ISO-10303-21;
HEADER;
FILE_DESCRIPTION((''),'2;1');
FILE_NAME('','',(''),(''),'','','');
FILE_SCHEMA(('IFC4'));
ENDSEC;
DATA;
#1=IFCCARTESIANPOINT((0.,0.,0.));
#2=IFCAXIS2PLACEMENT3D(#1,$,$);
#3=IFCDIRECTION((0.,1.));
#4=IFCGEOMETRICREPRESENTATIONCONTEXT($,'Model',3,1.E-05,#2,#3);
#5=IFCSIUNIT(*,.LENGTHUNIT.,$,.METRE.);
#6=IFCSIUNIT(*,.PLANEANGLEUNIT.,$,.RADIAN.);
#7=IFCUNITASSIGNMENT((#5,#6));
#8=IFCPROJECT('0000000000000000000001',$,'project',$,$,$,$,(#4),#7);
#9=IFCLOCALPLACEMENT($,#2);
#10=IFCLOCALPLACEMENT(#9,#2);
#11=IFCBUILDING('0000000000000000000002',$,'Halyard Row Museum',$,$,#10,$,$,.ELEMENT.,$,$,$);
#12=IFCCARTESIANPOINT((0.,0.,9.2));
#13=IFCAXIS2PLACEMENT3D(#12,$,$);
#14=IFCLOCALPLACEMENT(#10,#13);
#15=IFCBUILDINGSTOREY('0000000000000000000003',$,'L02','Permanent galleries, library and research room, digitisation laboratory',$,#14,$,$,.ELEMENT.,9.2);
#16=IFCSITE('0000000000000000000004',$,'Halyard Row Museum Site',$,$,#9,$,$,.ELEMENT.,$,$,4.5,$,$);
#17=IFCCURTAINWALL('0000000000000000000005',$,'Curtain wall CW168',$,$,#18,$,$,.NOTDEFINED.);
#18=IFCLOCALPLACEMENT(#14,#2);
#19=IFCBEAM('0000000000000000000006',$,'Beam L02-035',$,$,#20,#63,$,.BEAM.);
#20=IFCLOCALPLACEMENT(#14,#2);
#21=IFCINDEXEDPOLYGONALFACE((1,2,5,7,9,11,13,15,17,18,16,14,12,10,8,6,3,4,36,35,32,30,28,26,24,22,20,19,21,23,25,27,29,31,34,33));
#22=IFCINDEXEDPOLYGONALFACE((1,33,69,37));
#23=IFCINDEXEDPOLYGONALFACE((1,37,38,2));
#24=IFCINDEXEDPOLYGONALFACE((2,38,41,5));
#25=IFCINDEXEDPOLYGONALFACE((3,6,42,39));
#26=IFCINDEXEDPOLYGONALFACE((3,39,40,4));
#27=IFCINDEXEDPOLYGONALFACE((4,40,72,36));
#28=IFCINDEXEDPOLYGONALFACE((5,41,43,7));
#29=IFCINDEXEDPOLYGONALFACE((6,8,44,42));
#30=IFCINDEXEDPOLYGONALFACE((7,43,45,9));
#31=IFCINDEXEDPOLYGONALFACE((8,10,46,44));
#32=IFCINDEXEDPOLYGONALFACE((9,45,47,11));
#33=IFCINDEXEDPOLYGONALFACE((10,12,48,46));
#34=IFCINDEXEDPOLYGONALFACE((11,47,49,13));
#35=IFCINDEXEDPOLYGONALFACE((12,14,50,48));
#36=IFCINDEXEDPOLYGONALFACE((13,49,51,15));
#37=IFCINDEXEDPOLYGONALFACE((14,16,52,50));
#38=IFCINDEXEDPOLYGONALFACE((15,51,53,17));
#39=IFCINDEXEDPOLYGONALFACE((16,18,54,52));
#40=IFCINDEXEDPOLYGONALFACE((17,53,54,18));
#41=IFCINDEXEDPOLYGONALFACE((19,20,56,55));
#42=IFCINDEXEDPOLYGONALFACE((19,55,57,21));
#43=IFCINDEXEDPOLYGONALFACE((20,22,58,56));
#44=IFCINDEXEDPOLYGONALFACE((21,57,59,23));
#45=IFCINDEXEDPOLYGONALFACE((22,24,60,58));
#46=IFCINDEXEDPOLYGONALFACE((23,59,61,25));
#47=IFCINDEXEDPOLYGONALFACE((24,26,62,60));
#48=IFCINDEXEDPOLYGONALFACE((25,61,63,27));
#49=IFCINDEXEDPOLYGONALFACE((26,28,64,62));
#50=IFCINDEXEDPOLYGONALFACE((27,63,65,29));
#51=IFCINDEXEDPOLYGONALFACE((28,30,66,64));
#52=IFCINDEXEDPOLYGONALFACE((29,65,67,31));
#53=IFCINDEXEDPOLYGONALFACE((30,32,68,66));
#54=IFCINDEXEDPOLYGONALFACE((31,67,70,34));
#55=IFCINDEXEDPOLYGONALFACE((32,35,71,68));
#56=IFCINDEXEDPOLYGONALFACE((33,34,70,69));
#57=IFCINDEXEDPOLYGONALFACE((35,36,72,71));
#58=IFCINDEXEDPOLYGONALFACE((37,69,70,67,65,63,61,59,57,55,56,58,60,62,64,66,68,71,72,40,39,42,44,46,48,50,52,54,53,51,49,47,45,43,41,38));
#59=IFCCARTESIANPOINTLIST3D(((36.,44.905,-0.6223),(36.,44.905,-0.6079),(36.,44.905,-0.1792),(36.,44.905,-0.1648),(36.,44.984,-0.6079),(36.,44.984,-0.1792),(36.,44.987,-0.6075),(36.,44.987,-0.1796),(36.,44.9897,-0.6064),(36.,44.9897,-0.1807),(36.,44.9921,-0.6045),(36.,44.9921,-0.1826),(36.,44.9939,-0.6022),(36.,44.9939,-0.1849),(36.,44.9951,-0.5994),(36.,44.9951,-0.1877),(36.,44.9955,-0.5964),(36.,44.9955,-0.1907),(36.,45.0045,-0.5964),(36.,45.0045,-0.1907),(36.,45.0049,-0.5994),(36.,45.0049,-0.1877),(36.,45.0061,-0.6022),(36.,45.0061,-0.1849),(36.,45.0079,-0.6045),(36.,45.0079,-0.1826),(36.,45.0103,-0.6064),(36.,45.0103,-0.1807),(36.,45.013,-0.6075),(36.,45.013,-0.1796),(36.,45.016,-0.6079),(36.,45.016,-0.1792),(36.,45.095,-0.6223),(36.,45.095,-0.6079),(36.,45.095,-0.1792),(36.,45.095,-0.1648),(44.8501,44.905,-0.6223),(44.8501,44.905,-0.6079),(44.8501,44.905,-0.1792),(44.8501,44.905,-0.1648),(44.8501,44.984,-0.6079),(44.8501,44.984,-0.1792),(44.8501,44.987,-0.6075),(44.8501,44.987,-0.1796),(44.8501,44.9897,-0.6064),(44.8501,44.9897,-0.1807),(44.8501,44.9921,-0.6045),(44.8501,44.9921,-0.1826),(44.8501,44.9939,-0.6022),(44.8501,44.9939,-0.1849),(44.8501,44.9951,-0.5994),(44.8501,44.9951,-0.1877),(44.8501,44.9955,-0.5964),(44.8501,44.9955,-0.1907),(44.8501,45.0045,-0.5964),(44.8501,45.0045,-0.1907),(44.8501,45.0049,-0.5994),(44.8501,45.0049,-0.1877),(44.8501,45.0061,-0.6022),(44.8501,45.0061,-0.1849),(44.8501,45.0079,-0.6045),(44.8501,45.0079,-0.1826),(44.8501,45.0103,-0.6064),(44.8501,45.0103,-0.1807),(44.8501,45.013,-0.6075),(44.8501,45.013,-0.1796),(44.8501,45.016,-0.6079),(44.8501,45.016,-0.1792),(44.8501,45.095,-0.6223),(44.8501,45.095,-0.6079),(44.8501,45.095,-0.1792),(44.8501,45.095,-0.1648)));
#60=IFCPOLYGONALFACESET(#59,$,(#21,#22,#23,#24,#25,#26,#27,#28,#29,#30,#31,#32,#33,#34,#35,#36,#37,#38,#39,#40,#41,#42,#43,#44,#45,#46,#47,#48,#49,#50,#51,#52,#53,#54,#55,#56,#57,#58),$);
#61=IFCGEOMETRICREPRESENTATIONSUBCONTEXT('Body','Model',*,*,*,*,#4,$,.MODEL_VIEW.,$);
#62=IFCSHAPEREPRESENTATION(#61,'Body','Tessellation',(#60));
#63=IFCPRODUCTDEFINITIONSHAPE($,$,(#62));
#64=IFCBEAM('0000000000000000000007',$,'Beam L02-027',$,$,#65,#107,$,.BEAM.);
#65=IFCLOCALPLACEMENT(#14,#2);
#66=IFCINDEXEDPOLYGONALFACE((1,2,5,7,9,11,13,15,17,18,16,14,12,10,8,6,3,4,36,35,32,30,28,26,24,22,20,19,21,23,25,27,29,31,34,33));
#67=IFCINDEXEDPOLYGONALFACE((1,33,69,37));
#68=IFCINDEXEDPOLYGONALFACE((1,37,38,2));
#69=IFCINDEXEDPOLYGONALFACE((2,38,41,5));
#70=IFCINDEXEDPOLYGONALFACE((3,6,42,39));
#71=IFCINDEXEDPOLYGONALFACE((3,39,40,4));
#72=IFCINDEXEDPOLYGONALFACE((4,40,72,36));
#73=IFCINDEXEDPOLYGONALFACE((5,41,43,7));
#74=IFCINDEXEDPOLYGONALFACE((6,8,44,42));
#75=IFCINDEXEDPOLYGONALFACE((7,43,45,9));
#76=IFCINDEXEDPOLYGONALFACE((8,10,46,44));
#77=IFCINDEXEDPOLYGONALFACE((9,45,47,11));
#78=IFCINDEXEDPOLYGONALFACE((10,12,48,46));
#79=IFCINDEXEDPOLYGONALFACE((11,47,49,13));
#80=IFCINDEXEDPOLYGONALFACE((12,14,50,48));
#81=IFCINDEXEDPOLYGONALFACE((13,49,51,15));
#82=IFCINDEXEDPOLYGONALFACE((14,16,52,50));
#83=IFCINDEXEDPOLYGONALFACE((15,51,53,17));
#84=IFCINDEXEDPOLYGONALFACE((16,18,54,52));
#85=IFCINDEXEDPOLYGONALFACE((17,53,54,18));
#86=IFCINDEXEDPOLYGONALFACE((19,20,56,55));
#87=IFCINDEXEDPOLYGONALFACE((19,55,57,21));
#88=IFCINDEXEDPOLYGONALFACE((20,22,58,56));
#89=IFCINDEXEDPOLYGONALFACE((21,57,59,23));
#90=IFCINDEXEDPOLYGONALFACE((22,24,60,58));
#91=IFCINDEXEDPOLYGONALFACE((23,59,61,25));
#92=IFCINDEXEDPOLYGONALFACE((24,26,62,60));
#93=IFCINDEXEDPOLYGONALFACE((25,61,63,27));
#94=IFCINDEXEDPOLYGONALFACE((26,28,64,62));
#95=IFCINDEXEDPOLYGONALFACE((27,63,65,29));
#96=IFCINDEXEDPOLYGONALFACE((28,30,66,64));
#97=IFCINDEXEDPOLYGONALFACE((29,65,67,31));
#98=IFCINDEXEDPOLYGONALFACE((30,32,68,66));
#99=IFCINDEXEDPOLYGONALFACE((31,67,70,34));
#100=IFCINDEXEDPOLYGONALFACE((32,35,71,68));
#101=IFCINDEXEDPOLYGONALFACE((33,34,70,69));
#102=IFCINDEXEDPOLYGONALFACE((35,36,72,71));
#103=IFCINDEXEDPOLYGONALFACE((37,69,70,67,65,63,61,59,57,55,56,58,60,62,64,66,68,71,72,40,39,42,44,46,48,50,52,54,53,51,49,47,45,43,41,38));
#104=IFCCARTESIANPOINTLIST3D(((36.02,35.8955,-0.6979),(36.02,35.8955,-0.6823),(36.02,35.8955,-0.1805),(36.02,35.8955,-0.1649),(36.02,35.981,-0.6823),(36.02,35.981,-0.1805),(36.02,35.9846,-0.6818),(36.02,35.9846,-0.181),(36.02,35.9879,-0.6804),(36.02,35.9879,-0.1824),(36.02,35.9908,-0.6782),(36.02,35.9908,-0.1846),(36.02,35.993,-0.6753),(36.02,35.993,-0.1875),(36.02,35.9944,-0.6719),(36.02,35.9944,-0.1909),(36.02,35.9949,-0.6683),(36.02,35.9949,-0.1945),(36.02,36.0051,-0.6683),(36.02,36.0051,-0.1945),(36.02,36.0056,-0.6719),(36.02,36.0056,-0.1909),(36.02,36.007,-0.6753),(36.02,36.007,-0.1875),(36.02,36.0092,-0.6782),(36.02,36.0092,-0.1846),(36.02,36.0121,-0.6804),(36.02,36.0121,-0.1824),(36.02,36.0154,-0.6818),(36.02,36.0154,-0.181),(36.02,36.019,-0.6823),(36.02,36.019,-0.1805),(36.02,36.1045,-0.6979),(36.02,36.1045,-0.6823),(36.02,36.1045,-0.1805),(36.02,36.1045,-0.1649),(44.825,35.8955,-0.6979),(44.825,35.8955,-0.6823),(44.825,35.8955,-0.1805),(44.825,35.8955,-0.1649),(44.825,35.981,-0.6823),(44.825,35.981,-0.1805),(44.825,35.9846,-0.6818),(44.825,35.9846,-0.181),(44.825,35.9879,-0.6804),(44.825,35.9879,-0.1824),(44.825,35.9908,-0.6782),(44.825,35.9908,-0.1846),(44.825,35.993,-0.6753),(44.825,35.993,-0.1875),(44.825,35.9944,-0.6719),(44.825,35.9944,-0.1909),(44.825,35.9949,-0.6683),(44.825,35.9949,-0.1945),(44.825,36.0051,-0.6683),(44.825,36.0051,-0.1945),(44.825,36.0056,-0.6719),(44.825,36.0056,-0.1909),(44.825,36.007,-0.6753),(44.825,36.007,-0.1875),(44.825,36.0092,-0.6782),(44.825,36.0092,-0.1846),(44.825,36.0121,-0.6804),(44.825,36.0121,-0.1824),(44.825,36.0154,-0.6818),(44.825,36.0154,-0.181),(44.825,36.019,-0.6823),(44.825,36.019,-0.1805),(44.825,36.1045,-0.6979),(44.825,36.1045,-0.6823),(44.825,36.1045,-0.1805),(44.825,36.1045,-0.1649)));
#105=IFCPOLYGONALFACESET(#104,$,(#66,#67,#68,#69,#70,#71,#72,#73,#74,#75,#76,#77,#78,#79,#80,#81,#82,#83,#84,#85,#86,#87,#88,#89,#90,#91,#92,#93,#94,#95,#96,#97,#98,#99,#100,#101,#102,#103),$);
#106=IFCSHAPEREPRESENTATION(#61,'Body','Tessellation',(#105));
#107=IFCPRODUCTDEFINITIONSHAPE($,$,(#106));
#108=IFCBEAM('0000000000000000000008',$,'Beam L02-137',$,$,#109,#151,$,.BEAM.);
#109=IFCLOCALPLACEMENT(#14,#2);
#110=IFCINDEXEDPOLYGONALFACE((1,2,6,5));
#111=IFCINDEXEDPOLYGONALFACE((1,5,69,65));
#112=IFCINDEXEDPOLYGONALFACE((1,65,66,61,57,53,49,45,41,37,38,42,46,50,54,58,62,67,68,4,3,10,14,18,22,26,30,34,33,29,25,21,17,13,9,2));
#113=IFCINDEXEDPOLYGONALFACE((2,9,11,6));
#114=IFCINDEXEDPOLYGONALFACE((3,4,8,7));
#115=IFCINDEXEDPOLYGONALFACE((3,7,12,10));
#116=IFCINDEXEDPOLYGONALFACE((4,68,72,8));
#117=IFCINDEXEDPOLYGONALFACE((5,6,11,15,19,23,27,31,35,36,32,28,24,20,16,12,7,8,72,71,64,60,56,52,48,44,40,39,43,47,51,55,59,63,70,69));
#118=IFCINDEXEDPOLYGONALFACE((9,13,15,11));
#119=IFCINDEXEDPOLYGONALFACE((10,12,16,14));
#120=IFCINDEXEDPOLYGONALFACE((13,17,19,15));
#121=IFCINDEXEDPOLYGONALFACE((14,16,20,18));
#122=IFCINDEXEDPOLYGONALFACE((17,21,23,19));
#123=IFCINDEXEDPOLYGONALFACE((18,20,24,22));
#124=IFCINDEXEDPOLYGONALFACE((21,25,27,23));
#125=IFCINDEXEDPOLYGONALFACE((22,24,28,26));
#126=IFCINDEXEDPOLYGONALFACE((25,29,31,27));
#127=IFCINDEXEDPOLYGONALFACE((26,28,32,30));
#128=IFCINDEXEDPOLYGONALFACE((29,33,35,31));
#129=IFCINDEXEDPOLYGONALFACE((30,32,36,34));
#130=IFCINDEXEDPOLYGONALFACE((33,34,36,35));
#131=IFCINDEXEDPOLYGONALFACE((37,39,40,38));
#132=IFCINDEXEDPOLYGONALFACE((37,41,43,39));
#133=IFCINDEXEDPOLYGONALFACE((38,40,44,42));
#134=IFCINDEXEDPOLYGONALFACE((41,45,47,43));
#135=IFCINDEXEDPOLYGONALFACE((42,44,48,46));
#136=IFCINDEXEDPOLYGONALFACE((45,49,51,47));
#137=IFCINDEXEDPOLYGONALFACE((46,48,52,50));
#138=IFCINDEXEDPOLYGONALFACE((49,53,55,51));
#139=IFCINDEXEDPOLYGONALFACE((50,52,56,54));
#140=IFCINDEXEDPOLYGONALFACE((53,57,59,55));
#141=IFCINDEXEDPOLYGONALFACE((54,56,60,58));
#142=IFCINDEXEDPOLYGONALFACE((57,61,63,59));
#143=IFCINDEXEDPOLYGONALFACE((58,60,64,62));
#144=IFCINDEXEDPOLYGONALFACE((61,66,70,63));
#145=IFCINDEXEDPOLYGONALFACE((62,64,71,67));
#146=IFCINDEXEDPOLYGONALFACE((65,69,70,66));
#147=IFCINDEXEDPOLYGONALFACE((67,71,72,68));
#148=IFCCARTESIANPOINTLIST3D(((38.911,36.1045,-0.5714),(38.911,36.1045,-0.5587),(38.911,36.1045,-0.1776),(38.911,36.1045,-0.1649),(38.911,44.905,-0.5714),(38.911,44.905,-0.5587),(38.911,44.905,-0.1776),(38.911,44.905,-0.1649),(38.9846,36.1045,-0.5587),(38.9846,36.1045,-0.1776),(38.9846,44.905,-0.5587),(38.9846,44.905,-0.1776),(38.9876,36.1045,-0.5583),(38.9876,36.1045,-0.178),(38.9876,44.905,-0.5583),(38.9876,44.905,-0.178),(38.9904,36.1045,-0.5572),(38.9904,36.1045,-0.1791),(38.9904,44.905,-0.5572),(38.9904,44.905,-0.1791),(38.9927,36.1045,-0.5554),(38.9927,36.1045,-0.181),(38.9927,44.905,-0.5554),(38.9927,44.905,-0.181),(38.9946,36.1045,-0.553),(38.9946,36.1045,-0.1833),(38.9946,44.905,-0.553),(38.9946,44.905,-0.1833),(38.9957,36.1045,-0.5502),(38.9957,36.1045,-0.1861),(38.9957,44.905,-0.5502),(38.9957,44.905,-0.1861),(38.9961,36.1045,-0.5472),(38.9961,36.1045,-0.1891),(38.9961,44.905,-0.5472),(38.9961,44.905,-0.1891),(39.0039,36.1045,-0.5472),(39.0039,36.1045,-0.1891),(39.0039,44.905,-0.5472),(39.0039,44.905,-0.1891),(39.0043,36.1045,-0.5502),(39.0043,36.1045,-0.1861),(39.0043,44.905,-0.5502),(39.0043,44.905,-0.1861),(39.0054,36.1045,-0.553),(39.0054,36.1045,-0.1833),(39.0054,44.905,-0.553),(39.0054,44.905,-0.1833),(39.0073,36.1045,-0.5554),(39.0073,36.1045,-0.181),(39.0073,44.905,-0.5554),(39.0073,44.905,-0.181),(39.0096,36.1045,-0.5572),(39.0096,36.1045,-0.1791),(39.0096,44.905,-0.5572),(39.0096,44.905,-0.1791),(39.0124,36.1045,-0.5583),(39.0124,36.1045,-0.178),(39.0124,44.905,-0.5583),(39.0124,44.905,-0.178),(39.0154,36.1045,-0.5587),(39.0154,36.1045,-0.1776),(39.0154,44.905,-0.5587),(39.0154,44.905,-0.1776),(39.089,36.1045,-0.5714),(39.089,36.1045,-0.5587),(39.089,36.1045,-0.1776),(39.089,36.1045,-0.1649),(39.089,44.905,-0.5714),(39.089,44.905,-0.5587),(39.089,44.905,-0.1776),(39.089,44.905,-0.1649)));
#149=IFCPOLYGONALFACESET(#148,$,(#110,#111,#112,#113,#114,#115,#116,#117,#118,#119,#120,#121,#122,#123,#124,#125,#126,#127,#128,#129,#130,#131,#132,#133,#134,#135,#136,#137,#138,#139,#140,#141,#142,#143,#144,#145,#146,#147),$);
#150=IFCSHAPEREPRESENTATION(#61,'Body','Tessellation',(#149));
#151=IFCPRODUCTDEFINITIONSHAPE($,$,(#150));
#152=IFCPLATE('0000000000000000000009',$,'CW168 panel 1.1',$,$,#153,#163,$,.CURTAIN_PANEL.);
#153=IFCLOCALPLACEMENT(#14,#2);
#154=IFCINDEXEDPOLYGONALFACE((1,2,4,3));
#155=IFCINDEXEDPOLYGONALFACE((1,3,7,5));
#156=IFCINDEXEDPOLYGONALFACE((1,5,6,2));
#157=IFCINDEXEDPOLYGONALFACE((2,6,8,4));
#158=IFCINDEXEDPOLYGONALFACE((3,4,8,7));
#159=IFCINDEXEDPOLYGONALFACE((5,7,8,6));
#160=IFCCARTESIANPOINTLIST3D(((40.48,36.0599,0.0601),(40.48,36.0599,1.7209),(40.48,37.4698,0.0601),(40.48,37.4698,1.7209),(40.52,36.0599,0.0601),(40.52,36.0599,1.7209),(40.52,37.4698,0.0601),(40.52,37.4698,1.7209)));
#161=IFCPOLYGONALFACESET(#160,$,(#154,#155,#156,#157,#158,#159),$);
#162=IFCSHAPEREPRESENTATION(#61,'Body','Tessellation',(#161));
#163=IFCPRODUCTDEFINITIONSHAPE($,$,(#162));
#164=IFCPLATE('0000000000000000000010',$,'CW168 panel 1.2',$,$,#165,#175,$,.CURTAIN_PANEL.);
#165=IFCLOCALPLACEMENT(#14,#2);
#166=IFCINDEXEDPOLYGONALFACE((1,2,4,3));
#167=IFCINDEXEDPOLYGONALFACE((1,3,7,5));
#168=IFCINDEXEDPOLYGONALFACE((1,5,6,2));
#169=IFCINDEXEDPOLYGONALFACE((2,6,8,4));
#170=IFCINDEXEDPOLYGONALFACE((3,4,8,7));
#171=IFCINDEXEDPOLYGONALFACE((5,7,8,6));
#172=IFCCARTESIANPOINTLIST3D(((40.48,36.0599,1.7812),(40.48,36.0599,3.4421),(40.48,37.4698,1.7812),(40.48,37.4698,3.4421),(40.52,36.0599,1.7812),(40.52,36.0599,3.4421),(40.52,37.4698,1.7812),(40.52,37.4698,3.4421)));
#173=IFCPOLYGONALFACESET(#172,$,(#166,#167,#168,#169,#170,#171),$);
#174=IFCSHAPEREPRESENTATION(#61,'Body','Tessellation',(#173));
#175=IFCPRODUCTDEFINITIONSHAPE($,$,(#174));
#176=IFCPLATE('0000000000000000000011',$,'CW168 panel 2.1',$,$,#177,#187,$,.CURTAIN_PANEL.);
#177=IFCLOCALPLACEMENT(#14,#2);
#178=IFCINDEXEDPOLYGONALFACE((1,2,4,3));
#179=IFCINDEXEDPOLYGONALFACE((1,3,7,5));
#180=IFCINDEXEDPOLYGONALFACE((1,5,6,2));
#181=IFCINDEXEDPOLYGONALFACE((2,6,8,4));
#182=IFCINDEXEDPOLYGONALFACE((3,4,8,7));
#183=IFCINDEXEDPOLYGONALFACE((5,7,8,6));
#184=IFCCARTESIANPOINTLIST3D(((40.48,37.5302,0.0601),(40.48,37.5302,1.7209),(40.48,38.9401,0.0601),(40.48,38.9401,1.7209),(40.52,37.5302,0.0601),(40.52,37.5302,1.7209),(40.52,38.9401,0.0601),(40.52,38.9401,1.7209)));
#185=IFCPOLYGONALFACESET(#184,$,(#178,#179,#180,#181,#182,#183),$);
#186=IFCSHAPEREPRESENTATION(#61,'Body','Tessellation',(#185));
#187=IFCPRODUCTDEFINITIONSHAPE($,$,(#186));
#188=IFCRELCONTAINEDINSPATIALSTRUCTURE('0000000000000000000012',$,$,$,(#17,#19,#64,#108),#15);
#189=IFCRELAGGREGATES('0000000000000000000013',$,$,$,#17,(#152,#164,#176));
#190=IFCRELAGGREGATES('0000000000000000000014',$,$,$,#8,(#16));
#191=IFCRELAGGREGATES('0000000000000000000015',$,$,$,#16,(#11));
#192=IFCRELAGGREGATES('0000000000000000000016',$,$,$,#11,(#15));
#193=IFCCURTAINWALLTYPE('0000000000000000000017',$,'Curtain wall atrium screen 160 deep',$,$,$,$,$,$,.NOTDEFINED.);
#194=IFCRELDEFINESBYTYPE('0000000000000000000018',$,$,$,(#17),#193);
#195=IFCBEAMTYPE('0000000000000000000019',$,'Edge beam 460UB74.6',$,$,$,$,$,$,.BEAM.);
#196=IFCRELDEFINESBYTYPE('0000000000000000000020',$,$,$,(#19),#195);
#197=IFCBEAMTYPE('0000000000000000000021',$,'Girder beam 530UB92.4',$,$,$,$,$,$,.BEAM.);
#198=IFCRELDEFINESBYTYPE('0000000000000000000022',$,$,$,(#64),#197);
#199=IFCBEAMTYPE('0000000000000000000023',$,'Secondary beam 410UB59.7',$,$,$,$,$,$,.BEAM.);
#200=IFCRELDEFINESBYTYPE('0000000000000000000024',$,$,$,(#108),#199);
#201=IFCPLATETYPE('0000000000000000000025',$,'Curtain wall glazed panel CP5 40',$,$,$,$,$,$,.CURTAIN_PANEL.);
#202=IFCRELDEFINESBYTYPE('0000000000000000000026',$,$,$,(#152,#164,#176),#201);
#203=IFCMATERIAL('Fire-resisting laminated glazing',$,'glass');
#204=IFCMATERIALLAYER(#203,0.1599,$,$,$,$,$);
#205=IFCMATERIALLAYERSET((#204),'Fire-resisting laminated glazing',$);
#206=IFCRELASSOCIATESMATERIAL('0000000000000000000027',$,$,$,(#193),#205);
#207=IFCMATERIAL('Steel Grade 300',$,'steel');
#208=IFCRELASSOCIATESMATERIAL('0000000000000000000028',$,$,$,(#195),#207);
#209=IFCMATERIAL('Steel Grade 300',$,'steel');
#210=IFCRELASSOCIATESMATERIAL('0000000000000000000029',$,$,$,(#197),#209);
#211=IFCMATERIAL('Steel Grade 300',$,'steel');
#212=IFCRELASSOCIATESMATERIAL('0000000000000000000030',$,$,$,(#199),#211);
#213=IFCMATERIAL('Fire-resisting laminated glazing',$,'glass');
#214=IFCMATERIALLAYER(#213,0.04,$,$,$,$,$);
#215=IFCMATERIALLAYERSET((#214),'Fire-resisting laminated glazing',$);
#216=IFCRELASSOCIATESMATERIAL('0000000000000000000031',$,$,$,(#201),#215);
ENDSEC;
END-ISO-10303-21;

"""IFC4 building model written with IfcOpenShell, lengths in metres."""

from ifc_helpers import new_model, si_unit, direction, frame, origin, origin_2d, place, context, subcontext, project, spatial, rectangle, i_section, extrude, material, layer, layer_set, material_profile, profile_set, type_object, element, aggregate, save


model = new_model("IFC4")

# Units and contexts
model_context = context("Model", 3, precision=1e-05, world=origin(), true_north=direction((0.0, 1.0)))
body_context = subcontext(model_context, "Body", "Model", "MODEL_VIEW")
ifc_project = project(units=[si_unit("LENGTHUNIT", "METRE"), si_unit("PLANEANGLEUNIT", "RADIAN")], contexts=[model_context])

# Site, building, storey
site_placement = place(None, origin())
site = spatial("IfcSite", under=ifc_project, at=site_placement, Name="Halyard Row Museum Site", CompositionType="ELEMENT", RefElevation=4.5)
building_placement = place(site_placement, origin())
building = spatial("IfcBuilding", under=site, at=building_placement, Name="Halyard Row Museum", CompositionType="ELEMENT")
storey_placement = place(building_placement, frame((0.0, 0.0, 9.2)))
storey = spatial("IfcBuildingStorey", under=building, at=storey_placement, Name="L02", Description="Permanent galleries, library and research room, digitisation laboratory", CompositionType="ELEMENT", Elevation=9.2)

# Curtain wall
ifc_material_1 = material(Name="Fire-resisting laminated glazing", Category="glass")
ifc_layer_1 = layer(ifc_material_1, 0.1599)
ifc_layer_set_1 = layer_set([ifc_layer_1], Name="Fire-resisting laminated glazing")
curtain_wall_type = type_object("IfcCurtainWallType", Name="Curtain wall atrium screen 160 deep", PredefinedType="NOTDEFINED", material=ifc_layer_set_1)
curtain_wall_1_placement = place(storey_placement, origin())
curtain_wall_1 = element("IfcCurtainWall", 1, at=curtain_wall_1_placement, inside=storey, type_object=curtain_wall_type, Name="Curtain wall CW168", PredefinedType="NOTDEFINED")

# Beams
ifc_material_2 = material(Name="Steel Grade 300", Category="steel")
ifc_material_profile_1 = material_profile(ifc_material_2, i_section(OverallWidth=0.1899, OverallDepth=0.4575, WebThickness=0.009, FlangeThickness=0.0144, FilletRadius=0.0115, at=origin_2d()), Name="460UB74.6")
ifc_profile_set_1 = profile_set([ifc_material_profile_1], Name="Steel Grade 300")
beam_type_1 = type_object("IfcBeamType", Name="Edge beam 460UB74.6", PredefinedType="BEAM", material=ifc_profile_set_1)
beam_1_placement = place(storey_placement, frame((36.0, 45.0, -0.3936), z_axis=(1.0, 0.0, 0.0), x_axis=(0.0, 1.0, 0.0)))
element("IfcBeam", 2, at=beam_1_placement, inside=storey, type_object=beam_type_1, Name="Beam L02-035", PredefinedType="BEAM", context=body_context, shape_type="SweptSolid", body=[
    extrude(i_section(OverallWidth=0.1899, OverallDepth=0.4575, WebThickness=0.009, FlangeThickness=0.0144, FilletRadius=0.0115, at=origin_2d()), origin(), (0.0, 0.0, 1.0), 8.8501),
])
ifc_material_3 = material(Name="Steel Grade 300", Category="steel")
ifc_material_profile_2 = material_profile(ifc_material_3, i_section(OverallWidth=0.209, OverallDepth=0.533, WebThickness=0.0103, FlangeThickness=0.0156, FilletRadius=0.0139, at=origin_2d()), Name="530UB92.4")
ifc_profile_set_2 = profile_set([ifc_material_profile_2], Name="Steel Grade 300")
beam_type_2 = type_object("IfcBeamType", Name="Girder beam 530UB92.4", PredefinedType="BEAM", material=ifc_profile_set_2)
beam_2_placement = place(storey_placement, frame((36.02, 36.0, -0.4314), z_axis=(1.0, 0.0, 0.0), x_axis=(0.0, 1.0, 0.0)))
element("IfcBeam", 3, at=beam_2_placement, inside=storey, type_object=beam_type_2, Name="Beam L02-027", PredefinedType="BEAM", context=body_context, shape_type="SweptSolid", body=[
    extrude(i_section(OverallWidth=0.209, OverallDepth=0.533, WebThickness=0.0103, FlangeThickness=0.0156, FilletRadius=0.0139, at=origin_2d()), origin(), (0.0, 0.0, 1.0), 8.8049),
])
ifc_material_4 = material(Name="Steel Grade 300", Category="steel")
ifc_material_profile_3 = material_profile(ifc_material_4, i_section(OverallWidth=0.178, OverallDepth=0.4065, WebThickness=0.0078, FlangeThickness=0.0127, FilletRadius=0.0115, at=origin_2d()), Name="410UB59.7")
ifc_profile_set_3 = profile_set([ifc_material_profile_3], Name="Steel Grade 300")
beam_type_3 = type_object("IfcBeamType", Name="Secondary beam 410UB59.7", PredefinedType="BEAM", material=ifc_profile_set_3)
beam_3_placement = place(storey_placement, frame((39.0, 36.1045, -0.3682), z_axis=(0.0, 1.0, 0.0), x_axis=(-1.0, 0.0, 0.0)))
element("IfcBeam", 4, at=beam_3_placement, inside=storey, type_object=beam_type_3, Name="Beam L02-137", PredefinedType="BEAM", context=body_context, shape_type="SweptSolid", body=[
    extrude(i_section(OverallWidth=0.178, OverallDepth=0.4065, WebThickness=0.0078, FlangeThickness=0.0127, FilletRadius=0.0115, at=origin_2d()), origin(), (0.0, 0.0, 1.0), 8.8005),
])

# Plates
ifc_material_5 = material(Name="Fire-resisting laminated glazing", Category="glass")
ifc_layer_2 = layer(ifc_material_5, 0.04)
ifc_layer_set_2 = layer_set([ifc_layer_2], Name="Fire-resisting laminated glazing")
plate_type = type_object("IfcPlateType", Name="Curtain wall glazed panel CP5 40", PredefinedType="CURTAIN_PANEL", material=ifc_layer_set_2)
plate_1_placement = place(storey_placement, frame((40.5, 36.7649, 0.0601), z_axis=(0.0, 0.0, 1.0), x_axis=(0.0, 1.0, 0.0)))
plate_1 = element("IfcPlate", 5, at=plate_1_placement, type_object=plate_type, Name="CW168 panel 1.1", PredefinedType="CURTAIN_PANEL", context=body_context, shape_type="SweptSolid", body=[
    extrude(rectangle(XDim=1.4099, YDim=0.04, at=origin_2d()), origin(), (0.0, 0.0, 1.0), 1.6609),
])
plate_2_placement = place(storey_placement, frame((40.5, 36.7649, 1.7812), z_axis=(0.0, 0.0, 1.0), x_axis=(0.0, 1.0, 0.0)))
plate_2 = element("IfcPlate", 6, at=plate_2_placement, type_object=plate_type, Name="CW168 panel 1.2", PredefinedType="CURTAIN_PANEL", context=body_context, shape_type="SweptSolid", body=[
    extrude(rectangle(XDim=1.4099, YDim=0.04, at=origin_2d()), origin(), (0.0, 0.0, 1.0), 1.6609),
])
plate_3_placement = place(storey_placement, frame((40.5, 38.2351, 0.0601), z_axis=(0.0, 0.0, 1.0), x_axis=(0.0, 1.0, 0.0)))
plate_3 = element("IfcPlate", 7, at=plate_3_placement, type_object=plate_type, Name="CW168 panel 2.1", PredefinedType="CURTAIN_PANEL", context=body_context, shape_type="SweptSolid", body=[
    extrude(rectangle(XDim=1.4099, YDim=0.04, at=origin_2d()), origin(), (0.0, 0.0, 1.0), 1.6609),
])
aggregate(curtain_wall_1, [plate_1, plate_2, plate_3])

save(model, "model.ifc")
